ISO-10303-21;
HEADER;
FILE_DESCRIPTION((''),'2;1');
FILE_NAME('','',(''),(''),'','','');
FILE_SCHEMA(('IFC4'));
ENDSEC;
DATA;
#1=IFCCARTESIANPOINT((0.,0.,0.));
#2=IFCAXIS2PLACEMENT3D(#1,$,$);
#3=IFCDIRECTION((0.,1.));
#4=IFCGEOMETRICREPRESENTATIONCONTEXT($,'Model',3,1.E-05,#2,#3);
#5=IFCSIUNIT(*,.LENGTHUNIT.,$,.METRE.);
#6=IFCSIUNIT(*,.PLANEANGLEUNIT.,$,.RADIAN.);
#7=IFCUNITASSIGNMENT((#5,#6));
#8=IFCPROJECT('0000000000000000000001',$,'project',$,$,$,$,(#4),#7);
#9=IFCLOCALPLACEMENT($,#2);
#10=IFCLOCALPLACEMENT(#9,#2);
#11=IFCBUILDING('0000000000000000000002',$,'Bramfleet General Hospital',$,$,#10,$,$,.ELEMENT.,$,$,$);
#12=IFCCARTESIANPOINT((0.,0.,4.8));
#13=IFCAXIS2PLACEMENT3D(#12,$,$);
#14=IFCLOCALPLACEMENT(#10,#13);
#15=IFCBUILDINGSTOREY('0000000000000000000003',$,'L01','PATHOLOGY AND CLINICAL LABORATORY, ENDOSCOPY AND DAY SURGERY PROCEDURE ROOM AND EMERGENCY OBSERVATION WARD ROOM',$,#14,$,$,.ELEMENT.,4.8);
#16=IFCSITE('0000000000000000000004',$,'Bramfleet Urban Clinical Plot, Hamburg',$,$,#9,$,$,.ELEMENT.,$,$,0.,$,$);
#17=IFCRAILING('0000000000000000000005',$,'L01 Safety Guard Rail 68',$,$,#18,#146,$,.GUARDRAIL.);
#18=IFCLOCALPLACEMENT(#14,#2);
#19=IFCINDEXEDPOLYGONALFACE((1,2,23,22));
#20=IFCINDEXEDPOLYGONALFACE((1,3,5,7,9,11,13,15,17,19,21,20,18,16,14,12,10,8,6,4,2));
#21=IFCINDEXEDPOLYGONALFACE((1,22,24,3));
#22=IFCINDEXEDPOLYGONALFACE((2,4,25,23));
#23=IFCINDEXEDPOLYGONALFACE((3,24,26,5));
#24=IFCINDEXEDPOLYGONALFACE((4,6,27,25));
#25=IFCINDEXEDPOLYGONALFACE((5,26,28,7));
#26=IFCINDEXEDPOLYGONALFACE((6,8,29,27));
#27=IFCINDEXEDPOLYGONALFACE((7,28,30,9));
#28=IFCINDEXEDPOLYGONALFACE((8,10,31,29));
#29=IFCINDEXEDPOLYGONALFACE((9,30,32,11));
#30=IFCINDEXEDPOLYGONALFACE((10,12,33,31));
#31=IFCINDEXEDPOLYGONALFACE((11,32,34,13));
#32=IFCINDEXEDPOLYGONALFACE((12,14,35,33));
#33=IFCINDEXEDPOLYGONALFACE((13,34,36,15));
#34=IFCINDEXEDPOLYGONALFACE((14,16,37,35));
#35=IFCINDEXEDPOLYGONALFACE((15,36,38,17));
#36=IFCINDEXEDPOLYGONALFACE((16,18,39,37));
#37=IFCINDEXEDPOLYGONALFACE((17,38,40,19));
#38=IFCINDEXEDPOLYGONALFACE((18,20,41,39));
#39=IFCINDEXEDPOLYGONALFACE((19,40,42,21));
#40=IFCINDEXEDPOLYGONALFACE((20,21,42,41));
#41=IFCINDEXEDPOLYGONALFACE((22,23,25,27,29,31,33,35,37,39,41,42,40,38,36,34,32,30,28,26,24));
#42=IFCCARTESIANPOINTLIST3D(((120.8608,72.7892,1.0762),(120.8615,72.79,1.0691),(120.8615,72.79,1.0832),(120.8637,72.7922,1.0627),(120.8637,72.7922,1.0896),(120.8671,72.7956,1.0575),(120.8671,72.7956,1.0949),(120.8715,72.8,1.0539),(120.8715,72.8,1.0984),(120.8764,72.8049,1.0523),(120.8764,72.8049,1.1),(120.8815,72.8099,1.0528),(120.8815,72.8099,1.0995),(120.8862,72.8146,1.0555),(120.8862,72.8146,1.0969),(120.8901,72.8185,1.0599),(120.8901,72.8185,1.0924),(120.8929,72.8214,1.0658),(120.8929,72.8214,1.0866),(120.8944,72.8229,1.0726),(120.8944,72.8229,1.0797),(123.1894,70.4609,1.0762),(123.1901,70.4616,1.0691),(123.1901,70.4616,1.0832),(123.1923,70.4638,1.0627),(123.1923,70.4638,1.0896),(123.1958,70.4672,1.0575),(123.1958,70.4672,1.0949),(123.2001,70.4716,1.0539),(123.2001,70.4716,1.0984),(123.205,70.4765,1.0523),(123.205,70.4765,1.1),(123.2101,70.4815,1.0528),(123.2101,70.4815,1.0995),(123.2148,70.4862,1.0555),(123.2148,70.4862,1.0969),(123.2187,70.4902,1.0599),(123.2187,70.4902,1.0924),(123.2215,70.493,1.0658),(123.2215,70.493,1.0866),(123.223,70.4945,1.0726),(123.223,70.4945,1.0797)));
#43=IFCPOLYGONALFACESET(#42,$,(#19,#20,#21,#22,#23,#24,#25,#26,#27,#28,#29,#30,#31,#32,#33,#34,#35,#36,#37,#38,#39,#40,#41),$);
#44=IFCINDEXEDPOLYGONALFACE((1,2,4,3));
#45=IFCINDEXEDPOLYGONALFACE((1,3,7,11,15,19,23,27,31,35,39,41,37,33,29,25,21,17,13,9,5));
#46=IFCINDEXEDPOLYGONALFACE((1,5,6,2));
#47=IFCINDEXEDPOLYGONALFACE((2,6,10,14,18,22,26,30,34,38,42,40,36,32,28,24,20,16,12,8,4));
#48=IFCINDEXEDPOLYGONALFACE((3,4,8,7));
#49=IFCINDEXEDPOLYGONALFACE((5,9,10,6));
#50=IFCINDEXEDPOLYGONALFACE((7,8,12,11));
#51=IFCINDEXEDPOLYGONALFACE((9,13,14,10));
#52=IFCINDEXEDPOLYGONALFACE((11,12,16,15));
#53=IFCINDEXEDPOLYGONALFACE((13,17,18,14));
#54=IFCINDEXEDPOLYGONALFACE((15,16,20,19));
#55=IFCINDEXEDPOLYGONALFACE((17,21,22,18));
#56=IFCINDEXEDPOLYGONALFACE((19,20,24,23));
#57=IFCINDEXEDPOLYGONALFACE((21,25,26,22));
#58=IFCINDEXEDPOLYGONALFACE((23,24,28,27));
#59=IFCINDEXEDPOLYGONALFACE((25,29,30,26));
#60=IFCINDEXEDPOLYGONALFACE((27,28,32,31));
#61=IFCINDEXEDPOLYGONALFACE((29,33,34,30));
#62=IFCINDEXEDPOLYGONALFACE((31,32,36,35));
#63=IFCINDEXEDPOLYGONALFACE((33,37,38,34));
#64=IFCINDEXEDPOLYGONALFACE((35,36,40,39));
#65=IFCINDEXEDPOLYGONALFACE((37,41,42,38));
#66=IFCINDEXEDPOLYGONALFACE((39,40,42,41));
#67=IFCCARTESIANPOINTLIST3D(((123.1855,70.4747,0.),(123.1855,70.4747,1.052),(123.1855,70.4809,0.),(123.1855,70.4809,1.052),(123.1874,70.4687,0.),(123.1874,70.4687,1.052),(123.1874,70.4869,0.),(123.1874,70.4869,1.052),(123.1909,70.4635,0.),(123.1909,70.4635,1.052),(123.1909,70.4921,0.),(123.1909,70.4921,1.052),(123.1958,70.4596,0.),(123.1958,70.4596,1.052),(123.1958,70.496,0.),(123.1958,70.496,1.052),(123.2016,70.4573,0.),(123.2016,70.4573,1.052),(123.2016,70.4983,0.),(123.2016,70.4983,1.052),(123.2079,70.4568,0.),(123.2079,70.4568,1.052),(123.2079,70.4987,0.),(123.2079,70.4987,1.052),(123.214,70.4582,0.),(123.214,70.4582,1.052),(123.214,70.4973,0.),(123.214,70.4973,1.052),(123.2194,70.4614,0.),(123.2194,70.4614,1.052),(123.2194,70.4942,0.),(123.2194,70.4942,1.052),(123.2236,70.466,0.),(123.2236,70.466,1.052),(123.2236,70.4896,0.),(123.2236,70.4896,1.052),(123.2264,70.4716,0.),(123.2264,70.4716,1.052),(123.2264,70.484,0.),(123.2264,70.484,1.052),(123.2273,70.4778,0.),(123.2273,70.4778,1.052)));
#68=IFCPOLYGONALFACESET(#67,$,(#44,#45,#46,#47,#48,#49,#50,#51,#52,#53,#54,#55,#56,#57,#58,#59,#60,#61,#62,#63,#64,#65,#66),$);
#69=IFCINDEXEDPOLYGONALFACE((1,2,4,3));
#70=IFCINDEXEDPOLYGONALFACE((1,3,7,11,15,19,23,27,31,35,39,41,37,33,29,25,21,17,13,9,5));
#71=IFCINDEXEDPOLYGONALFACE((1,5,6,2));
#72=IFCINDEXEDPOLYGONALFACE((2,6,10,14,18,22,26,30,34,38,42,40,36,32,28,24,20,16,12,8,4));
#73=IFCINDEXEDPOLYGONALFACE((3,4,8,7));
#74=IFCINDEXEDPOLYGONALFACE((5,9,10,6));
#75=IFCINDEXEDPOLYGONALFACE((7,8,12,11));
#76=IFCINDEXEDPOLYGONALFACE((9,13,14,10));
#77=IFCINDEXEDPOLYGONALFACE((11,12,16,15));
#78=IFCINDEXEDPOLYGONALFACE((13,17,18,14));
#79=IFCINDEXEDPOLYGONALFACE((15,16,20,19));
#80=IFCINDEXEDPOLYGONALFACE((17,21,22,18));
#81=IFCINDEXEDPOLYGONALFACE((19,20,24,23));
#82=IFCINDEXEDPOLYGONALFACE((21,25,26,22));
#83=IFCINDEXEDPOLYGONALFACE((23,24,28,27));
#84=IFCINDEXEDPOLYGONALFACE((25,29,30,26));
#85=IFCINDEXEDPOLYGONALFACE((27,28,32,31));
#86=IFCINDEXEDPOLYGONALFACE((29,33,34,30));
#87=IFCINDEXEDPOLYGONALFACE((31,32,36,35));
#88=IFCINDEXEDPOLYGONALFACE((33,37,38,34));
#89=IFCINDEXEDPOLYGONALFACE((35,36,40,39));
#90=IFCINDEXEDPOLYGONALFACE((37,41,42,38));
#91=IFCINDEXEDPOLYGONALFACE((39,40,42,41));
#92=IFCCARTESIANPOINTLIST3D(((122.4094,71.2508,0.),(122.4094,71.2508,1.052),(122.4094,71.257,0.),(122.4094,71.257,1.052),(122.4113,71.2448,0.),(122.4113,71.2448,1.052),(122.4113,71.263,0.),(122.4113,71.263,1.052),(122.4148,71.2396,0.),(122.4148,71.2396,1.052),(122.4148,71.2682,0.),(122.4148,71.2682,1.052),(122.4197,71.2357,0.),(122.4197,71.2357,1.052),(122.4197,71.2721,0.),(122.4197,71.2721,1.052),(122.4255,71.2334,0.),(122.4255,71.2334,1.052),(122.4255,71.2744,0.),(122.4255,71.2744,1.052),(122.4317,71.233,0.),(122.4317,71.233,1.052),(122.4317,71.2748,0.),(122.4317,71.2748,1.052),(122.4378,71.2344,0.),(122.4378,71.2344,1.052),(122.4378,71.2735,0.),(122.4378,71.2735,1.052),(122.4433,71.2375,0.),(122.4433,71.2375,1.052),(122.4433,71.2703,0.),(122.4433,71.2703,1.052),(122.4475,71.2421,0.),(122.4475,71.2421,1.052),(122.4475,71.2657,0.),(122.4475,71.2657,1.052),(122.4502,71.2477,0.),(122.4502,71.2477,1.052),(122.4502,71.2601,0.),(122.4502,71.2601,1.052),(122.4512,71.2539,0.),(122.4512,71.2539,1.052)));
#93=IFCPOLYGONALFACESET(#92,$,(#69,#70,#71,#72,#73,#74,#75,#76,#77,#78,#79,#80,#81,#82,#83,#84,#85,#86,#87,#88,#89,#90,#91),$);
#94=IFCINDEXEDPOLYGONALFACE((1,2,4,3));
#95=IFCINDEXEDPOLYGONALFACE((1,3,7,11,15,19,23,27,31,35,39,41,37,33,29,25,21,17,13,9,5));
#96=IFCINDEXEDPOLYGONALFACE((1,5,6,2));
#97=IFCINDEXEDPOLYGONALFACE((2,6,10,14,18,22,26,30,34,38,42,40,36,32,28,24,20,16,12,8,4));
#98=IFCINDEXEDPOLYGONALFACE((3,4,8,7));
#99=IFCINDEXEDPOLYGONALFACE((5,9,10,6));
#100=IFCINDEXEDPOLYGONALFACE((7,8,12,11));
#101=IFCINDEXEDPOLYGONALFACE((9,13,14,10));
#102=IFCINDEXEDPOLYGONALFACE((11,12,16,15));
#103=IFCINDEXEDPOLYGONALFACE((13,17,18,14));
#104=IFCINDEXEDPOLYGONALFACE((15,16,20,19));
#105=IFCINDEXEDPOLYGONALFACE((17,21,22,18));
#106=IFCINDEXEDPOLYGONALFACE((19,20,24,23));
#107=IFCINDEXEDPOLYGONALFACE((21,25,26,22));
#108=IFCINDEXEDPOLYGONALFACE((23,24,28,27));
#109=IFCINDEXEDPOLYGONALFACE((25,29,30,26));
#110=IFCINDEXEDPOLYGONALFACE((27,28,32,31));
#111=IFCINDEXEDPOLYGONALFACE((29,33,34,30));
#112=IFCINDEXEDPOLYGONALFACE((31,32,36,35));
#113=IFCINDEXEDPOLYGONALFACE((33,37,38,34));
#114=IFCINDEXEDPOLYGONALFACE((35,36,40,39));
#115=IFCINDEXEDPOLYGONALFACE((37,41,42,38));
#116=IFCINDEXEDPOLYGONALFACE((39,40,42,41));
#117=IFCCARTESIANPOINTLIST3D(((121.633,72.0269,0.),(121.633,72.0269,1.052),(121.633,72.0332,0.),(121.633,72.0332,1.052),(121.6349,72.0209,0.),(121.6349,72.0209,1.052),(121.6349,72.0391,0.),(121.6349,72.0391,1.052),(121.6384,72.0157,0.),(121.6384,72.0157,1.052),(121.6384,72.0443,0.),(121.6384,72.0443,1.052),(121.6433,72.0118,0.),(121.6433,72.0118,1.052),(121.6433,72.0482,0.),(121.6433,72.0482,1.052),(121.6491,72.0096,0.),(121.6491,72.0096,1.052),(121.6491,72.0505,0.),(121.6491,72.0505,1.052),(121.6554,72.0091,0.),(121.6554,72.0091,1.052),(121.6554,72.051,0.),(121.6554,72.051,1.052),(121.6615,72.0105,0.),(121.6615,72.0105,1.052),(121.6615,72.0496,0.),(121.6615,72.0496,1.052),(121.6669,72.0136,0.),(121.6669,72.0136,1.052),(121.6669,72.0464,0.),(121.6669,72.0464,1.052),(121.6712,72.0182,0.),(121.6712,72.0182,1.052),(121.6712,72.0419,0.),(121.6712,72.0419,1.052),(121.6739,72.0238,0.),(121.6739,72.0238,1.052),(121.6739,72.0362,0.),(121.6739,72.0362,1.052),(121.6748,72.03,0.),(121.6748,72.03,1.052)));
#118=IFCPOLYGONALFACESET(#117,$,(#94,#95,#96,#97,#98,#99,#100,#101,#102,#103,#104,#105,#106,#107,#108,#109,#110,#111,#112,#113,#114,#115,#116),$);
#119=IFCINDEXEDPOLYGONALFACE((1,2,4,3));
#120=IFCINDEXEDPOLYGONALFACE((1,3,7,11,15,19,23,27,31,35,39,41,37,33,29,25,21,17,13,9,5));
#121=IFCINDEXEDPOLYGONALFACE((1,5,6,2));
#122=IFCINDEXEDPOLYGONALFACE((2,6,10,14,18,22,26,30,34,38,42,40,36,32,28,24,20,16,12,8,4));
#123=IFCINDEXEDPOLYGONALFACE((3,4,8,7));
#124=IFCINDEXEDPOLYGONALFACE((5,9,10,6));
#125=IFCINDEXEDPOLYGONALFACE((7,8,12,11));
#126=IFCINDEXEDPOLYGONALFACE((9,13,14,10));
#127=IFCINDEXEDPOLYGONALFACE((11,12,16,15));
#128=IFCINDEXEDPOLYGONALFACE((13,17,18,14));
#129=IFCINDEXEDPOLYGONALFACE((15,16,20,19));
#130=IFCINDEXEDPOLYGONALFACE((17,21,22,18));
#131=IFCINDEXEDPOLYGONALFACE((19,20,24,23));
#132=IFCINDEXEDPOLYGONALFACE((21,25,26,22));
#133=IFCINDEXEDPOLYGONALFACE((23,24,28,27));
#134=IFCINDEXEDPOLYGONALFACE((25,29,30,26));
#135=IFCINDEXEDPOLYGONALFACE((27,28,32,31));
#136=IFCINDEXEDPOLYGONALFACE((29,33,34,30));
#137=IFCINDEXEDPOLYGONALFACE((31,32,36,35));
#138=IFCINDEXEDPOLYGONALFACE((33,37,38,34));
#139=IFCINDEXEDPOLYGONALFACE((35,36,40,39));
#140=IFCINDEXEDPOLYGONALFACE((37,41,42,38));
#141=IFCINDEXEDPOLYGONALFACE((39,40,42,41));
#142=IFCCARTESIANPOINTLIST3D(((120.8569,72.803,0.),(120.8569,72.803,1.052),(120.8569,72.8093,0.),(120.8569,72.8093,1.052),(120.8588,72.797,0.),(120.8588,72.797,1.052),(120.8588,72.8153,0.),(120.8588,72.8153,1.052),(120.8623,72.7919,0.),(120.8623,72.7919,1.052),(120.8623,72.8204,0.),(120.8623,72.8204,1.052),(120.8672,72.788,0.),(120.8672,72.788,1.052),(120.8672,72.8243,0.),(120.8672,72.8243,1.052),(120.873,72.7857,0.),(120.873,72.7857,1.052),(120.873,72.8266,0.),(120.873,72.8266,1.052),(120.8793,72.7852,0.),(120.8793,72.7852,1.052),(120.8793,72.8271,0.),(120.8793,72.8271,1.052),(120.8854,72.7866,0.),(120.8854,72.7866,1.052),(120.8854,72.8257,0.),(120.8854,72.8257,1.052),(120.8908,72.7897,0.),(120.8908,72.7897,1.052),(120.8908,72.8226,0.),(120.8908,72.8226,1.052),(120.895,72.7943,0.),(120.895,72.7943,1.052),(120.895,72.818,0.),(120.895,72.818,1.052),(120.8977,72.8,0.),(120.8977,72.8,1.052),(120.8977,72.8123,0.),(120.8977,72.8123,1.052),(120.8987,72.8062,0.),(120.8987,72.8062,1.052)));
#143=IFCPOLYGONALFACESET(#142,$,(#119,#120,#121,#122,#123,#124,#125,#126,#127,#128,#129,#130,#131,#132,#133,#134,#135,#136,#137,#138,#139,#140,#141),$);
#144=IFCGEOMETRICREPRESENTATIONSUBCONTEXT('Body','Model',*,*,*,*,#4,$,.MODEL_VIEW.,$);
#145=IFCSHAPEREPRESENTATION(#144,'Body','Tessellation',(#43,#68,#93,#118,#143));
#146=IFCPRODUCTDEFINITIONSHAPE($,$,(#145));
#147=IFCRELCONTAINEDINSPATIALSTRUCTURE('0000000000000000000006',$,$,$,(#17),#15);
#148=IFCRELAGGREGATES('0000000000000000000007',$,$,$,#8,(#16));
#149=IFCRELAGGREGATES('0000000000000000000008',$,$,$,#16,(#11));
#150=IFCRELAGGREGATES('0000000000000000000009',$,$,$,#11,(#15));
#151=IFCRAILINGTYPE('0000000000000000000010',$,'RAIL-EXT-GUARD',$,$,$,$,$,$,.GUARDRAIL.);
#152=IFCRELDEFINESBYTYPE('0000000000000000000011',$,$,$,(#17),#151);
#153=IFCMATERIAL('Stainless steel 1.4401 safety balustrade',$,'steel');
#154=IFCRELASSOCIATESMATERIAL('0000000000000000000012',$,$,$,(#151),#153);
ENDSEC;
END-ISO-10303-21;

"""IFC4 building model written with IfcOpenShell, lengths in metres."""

from ifc_helpers import new_model, si_unit, direction, frame, origin, origin_2d, place, context, subcontext, project, spatial, circle, extrude, material, type_object, element, save


model = new_model("IFC4")

# Units and contexts
model_context = context("Model", 3, precision=1e-05, world=origin(), true_north=direction((0.0, 1.0)))
body_context = subcontext(model_context, "Body", "Model", "MODEL_VIEW")
ifc_project = project(units=[si_unit("LENGTHUNIT", "METRE"), si_unit("PLANEANGLEUNIT", "RADIAN")], contexts=[model_context])

# Site, building, storey
site_placement = place(None, origin())
site = spatial("IfcSite", under=ifc_project, at=site_placement, Name="Bramfleet Urban Clinical Plot, Hamburg", CompositionType="ELEMENT", RefElevation=0.0)
building_placement = place(site_placement, origin())
building = spatial("IfcBuilding", under=site, at=building_placement, Name="Bramfleet General Hospital", CompositionType="ELEMENT")
storey_placement = place(building_placement, frame((0.0, 0.0, 4.8)))
storey = spatial("IfcBuildingStorey", under=building, at=storey_placement, Name="L01", Description="PATHOLOGY AND CLINICAL LABORATORY, ENDOSCOPY AND DAY SURGERY PROCEDURE ROOM AND EMERGENCY OBSERVATION WARD ROOM", CompositionType="ELEMENT", Elevation=4.8)

# Railing
ifc_material_1 = material(Name="Stainless steel 1.4401 safety balustrade", Category="steel")
railing_type = type_object("IfcRailingType", Name="RAIL-EXT-GUARD", PredefinedType="GUARDRAIL", material=ifc_material_1)
railing_1_placement = place(storey_placement, frame((123.2063, 70.4778, 0.0)))
element("IfcRailing", 1, at=railing_1_placement, inside=storey, type_object=railing_type, Name="L01 Safety Guard Rail 68", PredefinedType="GUARDRAIL", context=body_context, shape_type="SweptSolid", body=[
    extrude(circle(Radius=0.0239, at=origin_2d()), frame((0.0, 0.0, 1.0762), z_axis=(-0.707144, 0.70707, 0.0), x_axis=(-0.70707, -0.707144, 0.0)), (0.0, 0.0, 1.0), 3.293),
    extrude(circle(Radius=0.021, at=origin_2d()), origin(), (0.0, 0.0, 1.0), 1.052),
    extrude(circle(Radius=0.021, at=origin_2d()), frame((-0.7761, 0.7761, 0.0)), (0.0, 0.0, 1.0), 1.052),
    extrude(circle(Radius=0.021, at=origin_2d()), frame((-1.5525, 1.5522, 0.0)), (0.0, 0.0, 1.0), 1.052),
    extrude(circle(Radius=0.021, at=origin_2d()), frame((-2.3286, 2.3284, 0.0)), (0.0, 0.0, 1.0), 1.052),
])

save(model, "model.ifc")
